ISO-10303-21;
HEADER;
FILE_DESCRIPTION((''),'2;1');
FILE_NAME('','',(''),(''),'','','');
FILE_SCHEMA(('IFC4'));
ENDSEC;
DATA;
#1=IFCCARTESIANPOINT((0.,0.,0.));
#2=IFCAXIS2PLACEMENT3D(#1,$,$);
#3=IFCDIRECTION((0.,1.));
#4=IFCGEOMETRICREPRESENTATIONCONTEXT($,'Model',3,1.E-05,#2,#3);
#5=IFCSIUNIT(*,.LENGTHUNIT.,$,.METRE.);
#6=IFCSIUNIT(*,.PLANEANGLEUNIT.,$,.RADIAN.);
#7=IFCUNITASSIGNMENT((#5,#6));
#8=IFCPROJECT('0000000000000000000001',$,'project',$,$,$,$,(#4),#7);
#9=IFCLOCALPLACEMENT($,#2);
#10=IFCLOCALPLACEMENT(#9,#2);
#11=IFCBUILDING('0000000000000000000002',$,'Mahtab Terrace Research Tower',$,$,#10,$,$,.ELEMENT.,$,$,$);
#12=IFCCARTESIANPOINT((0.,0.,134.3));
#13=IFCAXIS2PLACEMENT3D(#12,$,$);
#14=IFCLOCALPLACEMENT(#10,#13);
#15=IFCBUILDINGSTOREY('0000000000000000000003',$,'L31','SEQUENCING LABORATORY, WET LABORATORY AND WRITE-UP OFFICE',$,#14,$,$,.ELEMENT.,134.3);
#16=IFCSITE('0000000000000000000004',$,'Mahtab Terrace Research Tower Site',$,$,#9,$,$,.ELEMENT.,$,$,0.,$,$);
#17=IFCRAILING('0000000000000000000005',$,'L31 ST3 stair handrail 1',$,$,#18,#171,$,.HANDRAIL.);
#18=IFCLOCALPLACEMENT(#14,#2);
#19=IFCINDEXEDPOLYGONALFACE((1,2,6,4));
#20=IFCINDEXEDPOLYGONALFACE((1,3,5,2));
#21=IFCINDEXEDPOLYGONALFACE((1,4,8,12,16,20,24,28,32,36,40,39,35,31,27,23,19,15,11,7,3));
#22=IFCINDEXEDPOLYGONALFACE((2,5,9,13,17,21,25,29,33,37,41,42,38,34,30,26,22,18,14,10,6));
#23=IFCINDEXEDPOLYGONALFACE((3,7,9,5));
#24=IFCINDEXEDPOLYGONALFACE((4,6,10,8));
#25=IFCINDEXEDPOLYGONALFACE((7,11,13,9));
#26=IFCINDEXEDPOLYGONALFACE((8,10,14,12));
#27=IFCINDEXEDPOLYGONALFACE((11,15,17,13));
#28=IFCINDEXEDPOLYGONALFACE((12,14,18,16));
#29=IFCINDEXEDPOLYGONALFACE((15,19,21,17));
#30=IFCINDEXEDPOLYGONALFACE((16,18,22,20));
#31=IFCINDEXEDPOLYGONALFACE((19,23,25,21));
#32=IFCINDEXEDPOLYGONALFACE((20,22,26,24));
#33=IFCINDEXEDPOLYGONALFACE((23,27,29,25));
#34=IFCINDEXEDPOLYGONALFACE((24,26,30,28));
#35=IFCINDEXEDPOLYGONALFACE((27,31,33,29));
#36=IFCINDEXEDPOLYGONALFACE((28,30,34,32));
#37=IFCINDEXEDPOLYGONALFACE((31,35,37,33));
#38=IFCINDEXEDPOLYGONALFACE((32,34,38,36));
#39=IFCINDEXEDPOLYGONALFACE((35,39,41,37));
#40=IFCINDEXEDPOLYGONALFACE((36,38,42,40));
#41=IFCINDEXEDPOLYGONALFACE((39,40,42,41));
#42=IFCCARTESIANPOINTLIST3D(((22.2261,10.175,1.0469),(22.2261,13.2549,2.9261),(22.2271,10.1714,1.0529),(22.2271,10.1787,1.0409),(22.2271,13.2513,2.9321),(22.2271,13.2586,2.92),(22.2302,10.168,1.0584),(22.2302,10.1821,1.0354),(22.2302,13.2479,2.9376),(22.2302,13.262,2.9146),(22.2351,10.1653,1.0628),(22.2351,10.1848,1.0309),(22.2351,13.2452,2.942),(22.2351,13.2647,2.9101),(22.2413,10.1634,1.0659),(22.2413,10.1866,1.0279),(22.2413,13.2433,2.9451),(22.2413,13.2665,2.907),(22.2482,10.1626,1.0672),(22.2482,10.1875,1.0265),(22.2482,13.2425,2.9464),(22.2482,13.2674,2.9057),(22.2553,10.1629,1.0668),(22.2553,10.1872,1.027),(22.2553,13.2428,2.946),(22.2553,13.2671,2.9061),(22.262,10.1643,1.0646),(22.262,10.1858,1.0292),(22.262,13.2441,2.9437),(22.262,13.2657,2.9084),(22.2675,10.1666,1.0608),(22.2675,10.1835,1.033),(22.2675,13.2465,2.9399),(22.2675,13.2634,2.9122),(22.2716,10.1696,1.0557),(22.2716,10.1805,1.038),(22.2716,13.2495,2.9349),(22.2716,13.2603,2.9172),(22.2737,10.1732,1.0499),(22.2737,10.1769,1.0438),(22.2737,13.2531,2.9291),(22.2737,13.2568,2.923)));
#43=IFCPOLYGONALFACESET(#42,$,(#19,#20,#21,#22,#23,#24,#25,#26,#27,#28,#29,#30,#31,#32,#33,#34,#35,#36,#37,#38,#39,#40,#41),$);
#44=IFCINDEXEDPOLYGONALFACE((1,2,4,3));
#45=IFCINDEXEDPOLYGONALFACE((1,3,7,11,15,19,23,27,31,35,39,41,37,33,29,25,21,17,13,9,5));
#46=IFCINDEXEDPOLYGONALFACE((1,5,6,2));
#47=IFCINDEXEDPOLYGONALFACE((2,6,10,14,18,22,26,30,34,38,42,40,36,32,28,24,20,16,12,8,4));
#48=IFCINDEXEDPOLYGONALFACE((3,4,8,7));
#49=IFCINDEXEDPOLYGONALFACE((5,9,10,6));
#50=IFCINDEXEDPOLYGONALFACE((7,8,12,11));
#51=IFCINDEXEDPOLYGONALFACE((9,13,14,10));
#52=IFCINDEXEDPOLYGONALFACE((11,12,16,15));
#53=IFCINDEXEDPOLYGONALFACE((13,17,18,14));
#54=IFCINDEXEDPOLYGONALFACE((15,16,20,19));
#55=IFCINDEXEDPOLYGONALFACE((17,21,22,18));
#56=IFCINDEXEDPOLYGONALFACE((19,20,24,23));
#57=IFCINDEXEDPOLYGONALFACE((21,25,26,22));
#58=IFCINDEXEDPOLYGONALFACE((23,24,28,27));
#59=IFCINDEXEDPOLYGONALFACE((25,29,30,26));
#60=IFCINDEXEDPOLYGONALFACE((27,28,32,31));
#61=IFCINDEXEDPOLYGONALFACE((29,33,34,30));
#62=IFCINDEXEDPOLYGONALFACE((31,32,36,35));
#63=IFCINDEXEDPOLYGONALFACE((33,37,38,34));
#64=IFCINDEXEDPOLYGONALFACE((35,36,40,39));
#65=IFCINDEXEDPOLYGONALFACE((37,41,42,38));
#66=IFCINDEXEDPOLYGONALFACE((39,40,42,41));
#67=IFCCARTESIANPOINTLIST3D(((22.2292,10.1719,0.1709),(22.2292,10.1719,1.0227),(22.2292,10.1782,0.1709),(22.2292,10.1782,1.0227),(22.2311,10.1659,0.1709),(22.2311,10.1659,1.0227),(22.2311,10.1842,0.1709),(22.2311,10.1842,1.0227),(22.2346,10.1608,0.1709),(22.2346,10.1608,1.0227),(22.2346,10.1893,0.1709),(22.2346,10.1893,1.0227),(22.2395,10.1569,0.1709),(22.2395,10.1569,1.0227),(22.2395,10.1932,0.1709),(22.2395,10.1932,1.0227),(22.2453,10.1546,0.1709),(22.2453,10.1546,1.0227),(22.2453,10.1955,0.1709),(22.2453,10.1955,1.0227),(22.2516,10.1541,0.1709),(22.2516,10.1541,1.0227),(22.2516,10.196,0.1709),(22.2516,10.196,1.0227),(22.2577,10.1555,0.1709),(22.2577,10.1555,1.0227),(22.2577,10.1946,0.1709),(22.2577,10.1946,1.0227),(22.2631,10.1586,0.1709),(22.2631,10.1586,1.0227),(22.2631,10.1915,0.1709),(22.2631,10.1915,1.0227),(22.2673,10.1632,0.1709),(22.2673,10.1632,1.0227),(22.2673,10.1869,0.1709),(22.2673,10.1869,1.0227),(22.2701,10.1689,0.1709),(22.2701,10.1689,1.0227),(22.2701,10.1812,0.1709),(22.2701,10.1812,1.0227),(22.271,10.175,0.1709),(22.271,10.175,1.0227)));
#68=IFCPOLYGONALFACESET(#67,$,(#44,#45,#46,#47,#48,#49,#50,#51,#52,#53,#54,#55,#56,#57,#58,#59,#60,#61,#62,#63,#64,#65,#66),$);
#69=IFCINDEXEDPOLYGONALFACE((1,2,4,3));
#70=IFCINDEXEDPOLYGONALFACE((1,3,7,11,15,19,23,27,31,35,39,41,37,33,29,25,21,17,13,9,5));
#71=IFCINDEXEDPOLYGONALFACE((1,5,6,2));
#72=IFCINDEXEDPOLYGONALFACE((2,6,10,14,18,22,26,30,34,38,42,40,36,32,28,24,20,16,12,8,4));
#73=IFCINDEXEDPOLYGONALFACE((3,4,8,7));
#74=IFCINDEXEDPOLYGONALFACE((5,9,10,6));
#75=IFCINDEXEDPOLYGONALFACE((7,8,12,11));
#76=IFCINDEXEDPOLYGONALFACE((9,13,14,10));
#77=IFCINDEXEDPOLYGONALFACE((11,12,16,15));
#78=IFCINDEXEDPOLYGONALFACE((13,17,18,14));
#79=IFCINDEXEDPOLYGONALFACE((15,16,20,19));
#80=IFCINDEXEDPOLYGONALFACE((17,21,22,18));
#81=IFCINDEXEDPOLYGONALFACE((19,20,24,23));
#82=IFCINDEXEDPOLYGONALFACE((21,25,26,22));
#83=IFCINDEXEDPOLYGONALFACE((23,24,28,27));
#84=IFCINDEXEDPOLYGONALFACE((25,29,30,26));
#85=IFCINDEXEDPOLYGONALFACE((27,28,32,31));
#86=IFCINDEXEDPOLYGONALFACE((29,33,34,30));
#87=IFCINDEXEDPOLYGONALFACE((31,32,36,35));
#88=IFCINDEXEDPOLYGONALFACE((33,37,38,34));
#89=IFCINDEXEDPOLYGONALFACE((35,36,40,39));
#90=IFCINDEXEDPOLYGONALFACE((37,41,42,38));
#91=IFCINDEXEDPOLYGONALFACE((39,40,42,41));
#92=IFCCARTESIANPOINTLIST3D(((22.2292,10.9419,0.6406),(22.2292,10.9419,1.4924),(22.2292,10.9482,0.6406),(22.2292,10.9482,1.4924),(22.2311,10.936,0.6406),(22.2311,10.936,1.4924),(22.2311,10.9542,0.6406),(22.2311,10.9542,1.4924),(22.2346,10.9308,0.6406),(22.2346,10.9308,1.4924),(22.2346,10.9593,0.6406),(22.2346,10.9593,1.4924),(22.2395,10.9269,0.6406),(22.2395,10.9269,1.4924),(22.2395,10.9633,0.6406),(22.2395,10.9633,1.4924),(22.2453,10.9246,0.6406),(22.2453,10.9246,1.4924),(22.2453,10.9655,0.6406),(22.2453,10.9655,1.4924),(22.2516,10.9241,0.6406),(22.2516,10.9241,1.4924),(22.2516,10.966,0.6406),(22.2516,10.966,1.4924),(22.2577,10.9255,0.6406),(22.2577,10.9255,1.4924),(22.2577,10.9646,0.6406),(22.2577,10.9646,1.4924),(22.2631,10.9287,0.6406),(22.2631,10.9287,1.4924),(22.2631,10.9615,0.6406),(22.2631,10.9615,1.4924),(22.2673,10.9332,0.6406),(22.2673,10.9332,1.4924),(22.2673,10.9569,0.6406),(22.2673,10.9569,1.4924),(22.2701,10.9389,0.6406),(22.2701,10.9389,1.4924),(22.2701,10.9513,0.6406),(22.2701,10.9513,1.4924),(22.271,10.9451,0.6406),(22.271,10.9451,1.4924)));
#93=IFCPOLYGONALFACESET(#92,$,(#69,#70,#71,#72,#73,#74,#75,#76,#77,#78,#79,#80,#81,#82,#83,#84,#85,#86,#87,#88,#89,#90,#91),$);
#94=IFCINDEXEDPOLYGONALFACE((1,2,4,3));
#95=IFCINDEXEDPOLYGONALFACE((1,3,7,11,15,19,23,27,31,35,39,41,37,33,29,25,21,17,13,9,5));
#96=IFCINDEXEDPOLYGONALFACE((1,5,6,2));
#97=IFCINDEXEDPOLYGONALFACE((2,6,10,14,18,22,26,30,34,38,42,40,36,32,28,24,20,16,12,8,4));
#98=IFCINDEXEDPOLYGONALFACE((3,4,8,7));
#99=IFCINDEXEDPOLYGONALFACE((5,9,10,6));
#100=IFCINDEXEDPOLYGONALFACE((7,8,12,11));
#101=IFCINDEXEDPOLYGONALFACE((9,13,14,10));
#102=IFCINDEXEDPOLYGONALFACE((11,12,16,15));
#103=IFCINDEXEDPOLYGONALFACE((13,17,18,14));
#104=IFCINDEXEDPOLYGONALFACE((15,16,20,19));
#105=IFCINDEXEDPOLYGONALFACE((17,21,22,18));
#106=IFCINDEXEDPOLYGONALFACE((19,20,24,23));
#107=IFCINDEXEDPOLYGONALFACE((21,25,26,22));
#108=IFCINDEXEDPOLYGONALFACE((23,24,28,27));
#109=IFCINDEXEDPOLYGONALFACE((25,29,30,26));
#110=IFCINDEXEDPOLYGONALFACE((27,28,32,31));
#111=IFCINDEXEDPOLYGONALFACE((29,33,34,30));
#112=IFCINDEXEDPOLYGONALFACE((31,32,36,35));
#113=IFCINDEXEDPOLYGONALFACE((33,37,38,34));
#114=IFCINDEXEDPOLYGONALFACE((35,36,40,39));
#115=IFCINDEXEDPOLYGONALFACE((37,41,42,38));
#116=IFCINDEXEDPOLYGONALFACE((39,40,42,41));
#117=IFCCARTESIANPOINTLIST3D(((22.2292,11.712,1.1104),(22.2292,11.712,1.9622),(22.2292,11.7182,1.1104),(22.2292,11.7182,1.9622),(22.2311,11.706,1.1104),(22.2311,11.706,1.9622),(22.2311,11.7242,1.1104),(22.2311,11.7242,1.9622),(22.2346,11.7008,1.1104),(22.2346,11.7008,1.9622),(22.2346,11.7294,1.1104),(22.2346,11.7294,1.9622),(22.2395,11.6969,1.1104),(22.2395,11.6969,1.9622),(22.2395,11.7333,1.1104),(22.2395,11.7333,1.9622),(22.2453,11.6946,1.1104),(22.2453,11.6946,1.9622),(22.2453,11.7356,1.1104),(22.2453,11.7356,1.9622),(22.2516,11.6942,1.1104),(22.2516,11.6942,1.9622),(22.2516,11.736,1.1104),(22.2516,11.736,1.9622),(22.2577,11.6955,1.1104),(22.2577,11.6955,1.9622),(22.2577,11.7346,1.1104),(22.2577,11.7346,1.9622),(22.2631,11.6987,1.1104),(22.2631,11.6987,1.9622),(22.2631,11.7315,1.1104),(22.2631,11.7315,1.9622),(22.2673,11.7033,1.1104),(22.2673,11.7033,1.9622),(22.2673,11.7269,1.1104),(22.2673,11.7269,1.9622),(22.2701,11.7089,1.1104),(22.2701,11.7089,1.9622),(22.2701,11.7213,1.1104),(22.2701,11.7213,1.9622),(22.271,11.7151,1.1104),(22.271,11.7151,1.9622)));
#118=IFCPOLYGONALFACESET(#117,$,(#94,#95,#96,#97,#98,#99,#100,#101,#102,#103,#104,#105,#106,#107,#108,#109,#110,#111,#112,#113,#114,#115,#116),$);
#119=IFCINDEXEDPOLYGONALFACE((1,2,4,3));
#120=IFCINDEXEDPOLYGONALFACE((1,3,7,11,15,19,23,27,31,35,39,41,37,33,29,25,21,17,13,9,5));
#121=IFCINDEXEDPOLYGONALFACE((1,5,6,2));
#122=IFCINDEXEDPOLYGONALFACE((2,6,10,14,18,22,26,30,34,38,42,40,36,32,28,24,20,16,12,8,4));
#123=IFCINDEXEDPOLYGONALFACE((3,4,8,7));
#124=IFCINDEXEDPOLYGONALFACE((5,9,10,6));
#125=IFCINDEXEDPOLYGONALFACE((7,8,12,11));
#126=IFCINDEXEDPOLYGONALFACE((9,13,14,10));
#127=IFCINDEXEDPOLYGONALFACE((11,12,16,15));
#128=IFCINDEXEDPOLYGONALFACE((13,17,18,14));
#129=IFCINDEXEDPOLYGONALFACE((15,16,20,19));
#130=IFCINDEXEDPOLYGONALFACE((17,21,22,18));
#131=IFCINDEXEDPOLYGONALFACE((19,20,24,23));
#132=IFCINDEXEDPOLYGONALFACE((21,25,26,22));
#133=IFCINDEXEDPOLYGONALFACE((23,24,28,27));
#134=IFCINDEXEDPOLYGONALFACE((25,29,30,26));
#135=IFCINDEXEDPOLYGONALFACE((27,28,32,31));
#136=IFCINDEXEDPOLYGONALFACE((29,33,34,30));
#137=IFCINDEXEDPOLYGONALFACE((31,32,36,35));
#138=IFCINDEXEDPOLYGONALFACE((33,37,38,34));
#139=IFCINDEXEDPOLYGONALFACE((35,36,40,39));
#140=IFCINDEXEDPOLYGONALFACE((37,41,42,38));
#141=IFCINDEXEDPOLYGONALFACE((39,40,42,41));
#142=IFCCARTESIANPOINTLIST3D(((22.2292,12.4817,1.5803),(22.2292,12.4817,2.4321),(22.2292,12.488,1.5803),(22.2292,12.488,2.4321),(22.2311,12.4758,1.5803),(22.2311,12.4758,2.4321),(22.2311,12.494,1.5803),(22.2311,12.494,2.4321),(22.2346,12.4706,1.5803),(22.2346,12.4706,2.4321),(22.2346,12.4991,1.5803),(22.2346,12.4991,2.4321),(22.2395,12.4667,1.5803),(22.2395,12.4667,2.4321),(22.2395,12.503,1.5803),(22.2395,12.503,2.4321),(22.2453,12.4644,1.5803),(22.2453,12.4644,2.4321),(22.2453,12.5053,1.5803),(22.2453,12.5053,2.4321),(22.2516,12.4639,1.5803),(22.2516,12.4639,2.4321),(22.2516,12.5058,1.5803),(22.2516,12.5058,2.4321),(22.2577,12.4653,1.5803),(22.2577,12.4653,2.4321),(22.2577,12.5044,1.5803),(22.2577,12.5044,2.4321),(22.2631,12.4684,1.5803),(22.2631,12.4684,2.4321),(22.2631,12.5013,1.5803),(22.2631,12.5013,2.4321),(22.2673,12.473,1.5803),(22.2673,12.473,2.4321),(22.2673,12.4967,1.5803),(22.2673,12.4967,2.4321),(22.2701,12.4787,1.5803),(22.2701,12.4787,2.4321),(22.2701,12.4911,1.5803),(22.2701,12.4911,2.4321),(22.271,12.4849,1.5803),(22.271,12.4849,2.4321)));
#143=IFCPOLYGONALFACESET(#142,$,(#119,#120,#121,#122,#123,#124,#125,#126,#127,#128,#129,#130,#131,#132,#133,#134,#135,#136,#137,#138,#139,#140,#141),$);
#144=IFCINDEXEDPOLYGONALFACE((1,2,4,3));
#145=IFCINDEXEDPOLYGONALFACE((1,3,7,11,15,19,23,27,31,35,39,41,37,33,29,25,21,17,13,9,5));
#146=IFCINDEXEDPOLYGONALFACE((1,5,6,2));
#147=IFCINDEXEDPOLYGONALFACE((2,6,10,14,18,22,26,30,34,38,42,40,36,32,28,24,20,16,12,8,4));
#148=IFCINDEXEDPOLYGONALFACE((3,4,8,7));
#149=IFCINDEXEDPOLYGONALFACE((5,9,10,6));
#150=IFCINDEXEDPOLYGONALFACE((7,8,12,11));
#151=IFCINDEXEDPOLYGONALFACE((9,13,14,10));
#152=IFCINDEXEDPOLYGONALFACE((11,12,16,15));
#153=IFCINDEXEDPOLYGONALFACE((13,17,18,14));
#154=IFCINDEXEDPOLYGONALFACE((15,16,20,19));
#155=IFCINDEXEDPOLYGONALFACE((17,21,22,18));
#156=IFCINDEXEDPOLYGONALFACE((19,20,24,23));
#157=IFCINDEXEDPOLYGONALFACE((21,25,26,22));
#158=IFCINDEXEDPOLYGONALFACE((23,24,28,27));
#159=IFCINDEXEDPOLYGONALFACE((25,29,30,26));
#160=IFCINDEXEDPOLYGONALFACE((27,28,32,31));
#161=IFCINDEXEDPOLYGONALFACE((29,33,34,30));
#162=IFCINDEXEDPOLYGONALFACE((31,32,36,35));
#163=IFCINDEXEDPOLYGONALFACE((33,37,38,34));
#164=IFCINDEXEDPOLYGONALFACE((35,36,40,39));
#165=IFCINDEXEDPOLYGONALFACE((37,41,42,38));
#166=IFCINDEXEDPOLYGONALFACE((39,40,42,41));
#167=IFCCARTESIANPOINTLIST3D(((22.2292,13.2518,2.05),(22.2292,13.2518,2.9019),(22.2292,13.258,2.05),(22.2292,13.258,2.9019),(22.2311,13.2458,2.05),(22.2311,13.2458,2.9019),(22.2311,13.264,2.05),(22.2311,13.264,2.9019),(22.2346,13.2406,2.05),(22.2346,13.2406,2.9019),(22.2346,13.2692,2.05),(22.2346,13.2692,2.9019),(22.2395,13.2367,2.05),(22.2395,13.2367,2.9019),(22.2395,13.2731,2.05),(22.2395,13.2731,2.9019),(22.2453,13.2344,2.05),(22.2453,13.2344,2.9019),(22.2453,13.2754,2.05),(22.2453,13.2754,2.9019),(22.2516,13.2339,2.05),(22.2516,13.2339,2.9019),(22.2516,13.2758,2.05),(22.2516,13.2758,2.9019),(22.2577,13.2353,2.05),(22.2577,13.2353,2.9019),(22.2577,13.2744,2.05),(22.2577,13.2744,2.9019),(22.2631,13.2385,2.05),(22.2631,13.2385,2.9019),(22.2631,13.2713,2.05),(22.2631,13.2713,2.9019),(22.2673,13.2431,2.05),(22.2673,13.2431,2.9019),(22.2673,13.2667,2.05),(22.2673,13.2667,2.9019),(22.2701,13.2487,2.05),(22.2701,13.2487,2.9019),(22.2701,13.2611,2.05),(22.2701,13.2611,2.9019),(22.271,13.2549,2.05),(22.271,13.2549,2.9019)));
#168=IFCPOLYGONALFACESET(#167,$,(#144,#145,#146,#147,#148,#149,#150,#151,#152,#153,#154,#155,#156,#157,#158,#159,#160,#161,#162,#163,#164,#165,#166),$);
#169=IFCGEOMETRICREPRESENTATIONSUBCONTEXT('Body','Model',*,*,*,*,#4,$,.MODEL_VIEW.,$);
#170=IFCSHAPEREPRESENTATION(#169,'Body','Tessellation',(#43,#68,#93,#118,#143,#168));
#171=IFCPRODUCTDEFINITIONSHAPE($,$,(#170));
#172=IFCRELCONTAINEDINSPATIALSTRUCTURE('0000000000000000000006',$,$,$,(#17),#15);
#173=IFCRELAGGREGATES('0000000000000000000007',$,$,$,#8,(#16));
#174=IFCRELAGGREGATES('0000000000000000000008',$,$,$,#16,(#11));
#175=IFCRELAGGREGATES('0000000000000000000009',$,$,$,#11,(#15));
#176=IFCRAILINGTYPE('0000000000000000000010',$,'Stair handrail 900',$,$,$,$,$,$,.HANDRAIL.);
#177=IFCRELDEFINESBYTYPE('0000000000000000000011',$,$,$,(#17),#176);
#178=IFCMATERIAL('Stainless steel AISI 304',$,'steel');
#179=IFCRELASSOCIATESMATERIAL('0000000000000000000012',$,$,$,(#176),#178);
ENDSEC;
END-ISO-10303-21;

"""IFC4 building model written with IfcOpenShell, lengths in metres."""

from ifc_helpers import new_model, si_unit, direction, frame, origin, origin_2d, place, context, subcontext, project, spatial, circle, extrude, material, type_object, element, save


model = new_model("IFC4")

# Units and contexts
model_context = context("Model", 3, precision=1e-05, world=origin(), true_north=direction((0.0, 1.0)))
body_context = subcontext(model_context, "Body", "Model", "MODEL_VIEW")
ifc_project = project(units=[si_unit("LENGTHUNIT", "METRE"), si_unit("PLANEANGLEUNIT", "RADIAN")], contexts=[model_context])

# Site, building, storey
site_placement = place(None, origin())
site = spatial("IfcSite", under=ifc_project, at=site_placement, Name="Mahtab Terrace Research Tower Site", CompositionType="ELEMENT", RefElevation=0.0)
building_placement = place(site_placement, origin())
building = spatial("IfcBuilding", under=site, at=building_placement, Name="Mahtab Terrace Research Tower", CompositionType="ELEMENT")
storey_placement = place(building_placement, frame((0.0, 0.0, 134.3)))
storey = spatial("IfcBuildingStorey", under=building, at=storey_placement, Name="L31", Description="SEQUENCING LABORATORY, WET LABORATORY AND WRITE-UP OFFICE", CompositionType="ELEMENT", Elevation=134.3)

# Railing
ifc_material_1 = material(Name="Stainless steel AISI 304", Category="steel")
railing_type_1 = type_object("IfcRailingType", Name="Stair handrail 900", PredefinedType="HANDRAIL", material=ifc_material_1)
railing_1_placement = place(storey_placement, frame((22.25, 10.175, 0.1709)))
element("IfcRailing", 1, at=railing_1_placement, inside=storey, type_object=railing_type_1, Name="L31 ST3 stair handrail 1", PredefinedType="HANDRAIL", context=body_context, shape_type="SweptSolid", body=[
    extrude(circle(Radius=0.0239, at=origin_2d()), frame((0.0, 0.0, 0.876), z_axis=(0.0, 0.853648, 0.52085), x_axis=(-1.0, 0.0, 0.0)), (0.0, 0.0, 1.0), 3.6079),
    extrude(circle(Radius=0.021, at=origin_2d()), origin(), (0.0, 0.0, 1.0), 0.8518),
    extrude(circle(Radius=0.021, at=origin_2d()), frame((0.0, 0.77, 0.4697)), (0.0, 0.0, 1.0), 0.8518),
    extrude(circle(Radius=0.021, at=origin_2d()), frame((0.0, 1.54, 0.9395)), (0.0, 0.0, 1.0), 0.8518),
    extrude(circle(Radius=0.021, at=origin_2d()), frame((0.0, 2.3098, 1.4094)), (0.0, 0.0, 1.0), 0.8518),
    extrude(circle(Radius=0.021, at=origin_2d()), frame((0.0, 3.0798, 1.8792)), (0.0, 0.0, 1.0), 0.8518),
])

save(model, "model.ifc")
